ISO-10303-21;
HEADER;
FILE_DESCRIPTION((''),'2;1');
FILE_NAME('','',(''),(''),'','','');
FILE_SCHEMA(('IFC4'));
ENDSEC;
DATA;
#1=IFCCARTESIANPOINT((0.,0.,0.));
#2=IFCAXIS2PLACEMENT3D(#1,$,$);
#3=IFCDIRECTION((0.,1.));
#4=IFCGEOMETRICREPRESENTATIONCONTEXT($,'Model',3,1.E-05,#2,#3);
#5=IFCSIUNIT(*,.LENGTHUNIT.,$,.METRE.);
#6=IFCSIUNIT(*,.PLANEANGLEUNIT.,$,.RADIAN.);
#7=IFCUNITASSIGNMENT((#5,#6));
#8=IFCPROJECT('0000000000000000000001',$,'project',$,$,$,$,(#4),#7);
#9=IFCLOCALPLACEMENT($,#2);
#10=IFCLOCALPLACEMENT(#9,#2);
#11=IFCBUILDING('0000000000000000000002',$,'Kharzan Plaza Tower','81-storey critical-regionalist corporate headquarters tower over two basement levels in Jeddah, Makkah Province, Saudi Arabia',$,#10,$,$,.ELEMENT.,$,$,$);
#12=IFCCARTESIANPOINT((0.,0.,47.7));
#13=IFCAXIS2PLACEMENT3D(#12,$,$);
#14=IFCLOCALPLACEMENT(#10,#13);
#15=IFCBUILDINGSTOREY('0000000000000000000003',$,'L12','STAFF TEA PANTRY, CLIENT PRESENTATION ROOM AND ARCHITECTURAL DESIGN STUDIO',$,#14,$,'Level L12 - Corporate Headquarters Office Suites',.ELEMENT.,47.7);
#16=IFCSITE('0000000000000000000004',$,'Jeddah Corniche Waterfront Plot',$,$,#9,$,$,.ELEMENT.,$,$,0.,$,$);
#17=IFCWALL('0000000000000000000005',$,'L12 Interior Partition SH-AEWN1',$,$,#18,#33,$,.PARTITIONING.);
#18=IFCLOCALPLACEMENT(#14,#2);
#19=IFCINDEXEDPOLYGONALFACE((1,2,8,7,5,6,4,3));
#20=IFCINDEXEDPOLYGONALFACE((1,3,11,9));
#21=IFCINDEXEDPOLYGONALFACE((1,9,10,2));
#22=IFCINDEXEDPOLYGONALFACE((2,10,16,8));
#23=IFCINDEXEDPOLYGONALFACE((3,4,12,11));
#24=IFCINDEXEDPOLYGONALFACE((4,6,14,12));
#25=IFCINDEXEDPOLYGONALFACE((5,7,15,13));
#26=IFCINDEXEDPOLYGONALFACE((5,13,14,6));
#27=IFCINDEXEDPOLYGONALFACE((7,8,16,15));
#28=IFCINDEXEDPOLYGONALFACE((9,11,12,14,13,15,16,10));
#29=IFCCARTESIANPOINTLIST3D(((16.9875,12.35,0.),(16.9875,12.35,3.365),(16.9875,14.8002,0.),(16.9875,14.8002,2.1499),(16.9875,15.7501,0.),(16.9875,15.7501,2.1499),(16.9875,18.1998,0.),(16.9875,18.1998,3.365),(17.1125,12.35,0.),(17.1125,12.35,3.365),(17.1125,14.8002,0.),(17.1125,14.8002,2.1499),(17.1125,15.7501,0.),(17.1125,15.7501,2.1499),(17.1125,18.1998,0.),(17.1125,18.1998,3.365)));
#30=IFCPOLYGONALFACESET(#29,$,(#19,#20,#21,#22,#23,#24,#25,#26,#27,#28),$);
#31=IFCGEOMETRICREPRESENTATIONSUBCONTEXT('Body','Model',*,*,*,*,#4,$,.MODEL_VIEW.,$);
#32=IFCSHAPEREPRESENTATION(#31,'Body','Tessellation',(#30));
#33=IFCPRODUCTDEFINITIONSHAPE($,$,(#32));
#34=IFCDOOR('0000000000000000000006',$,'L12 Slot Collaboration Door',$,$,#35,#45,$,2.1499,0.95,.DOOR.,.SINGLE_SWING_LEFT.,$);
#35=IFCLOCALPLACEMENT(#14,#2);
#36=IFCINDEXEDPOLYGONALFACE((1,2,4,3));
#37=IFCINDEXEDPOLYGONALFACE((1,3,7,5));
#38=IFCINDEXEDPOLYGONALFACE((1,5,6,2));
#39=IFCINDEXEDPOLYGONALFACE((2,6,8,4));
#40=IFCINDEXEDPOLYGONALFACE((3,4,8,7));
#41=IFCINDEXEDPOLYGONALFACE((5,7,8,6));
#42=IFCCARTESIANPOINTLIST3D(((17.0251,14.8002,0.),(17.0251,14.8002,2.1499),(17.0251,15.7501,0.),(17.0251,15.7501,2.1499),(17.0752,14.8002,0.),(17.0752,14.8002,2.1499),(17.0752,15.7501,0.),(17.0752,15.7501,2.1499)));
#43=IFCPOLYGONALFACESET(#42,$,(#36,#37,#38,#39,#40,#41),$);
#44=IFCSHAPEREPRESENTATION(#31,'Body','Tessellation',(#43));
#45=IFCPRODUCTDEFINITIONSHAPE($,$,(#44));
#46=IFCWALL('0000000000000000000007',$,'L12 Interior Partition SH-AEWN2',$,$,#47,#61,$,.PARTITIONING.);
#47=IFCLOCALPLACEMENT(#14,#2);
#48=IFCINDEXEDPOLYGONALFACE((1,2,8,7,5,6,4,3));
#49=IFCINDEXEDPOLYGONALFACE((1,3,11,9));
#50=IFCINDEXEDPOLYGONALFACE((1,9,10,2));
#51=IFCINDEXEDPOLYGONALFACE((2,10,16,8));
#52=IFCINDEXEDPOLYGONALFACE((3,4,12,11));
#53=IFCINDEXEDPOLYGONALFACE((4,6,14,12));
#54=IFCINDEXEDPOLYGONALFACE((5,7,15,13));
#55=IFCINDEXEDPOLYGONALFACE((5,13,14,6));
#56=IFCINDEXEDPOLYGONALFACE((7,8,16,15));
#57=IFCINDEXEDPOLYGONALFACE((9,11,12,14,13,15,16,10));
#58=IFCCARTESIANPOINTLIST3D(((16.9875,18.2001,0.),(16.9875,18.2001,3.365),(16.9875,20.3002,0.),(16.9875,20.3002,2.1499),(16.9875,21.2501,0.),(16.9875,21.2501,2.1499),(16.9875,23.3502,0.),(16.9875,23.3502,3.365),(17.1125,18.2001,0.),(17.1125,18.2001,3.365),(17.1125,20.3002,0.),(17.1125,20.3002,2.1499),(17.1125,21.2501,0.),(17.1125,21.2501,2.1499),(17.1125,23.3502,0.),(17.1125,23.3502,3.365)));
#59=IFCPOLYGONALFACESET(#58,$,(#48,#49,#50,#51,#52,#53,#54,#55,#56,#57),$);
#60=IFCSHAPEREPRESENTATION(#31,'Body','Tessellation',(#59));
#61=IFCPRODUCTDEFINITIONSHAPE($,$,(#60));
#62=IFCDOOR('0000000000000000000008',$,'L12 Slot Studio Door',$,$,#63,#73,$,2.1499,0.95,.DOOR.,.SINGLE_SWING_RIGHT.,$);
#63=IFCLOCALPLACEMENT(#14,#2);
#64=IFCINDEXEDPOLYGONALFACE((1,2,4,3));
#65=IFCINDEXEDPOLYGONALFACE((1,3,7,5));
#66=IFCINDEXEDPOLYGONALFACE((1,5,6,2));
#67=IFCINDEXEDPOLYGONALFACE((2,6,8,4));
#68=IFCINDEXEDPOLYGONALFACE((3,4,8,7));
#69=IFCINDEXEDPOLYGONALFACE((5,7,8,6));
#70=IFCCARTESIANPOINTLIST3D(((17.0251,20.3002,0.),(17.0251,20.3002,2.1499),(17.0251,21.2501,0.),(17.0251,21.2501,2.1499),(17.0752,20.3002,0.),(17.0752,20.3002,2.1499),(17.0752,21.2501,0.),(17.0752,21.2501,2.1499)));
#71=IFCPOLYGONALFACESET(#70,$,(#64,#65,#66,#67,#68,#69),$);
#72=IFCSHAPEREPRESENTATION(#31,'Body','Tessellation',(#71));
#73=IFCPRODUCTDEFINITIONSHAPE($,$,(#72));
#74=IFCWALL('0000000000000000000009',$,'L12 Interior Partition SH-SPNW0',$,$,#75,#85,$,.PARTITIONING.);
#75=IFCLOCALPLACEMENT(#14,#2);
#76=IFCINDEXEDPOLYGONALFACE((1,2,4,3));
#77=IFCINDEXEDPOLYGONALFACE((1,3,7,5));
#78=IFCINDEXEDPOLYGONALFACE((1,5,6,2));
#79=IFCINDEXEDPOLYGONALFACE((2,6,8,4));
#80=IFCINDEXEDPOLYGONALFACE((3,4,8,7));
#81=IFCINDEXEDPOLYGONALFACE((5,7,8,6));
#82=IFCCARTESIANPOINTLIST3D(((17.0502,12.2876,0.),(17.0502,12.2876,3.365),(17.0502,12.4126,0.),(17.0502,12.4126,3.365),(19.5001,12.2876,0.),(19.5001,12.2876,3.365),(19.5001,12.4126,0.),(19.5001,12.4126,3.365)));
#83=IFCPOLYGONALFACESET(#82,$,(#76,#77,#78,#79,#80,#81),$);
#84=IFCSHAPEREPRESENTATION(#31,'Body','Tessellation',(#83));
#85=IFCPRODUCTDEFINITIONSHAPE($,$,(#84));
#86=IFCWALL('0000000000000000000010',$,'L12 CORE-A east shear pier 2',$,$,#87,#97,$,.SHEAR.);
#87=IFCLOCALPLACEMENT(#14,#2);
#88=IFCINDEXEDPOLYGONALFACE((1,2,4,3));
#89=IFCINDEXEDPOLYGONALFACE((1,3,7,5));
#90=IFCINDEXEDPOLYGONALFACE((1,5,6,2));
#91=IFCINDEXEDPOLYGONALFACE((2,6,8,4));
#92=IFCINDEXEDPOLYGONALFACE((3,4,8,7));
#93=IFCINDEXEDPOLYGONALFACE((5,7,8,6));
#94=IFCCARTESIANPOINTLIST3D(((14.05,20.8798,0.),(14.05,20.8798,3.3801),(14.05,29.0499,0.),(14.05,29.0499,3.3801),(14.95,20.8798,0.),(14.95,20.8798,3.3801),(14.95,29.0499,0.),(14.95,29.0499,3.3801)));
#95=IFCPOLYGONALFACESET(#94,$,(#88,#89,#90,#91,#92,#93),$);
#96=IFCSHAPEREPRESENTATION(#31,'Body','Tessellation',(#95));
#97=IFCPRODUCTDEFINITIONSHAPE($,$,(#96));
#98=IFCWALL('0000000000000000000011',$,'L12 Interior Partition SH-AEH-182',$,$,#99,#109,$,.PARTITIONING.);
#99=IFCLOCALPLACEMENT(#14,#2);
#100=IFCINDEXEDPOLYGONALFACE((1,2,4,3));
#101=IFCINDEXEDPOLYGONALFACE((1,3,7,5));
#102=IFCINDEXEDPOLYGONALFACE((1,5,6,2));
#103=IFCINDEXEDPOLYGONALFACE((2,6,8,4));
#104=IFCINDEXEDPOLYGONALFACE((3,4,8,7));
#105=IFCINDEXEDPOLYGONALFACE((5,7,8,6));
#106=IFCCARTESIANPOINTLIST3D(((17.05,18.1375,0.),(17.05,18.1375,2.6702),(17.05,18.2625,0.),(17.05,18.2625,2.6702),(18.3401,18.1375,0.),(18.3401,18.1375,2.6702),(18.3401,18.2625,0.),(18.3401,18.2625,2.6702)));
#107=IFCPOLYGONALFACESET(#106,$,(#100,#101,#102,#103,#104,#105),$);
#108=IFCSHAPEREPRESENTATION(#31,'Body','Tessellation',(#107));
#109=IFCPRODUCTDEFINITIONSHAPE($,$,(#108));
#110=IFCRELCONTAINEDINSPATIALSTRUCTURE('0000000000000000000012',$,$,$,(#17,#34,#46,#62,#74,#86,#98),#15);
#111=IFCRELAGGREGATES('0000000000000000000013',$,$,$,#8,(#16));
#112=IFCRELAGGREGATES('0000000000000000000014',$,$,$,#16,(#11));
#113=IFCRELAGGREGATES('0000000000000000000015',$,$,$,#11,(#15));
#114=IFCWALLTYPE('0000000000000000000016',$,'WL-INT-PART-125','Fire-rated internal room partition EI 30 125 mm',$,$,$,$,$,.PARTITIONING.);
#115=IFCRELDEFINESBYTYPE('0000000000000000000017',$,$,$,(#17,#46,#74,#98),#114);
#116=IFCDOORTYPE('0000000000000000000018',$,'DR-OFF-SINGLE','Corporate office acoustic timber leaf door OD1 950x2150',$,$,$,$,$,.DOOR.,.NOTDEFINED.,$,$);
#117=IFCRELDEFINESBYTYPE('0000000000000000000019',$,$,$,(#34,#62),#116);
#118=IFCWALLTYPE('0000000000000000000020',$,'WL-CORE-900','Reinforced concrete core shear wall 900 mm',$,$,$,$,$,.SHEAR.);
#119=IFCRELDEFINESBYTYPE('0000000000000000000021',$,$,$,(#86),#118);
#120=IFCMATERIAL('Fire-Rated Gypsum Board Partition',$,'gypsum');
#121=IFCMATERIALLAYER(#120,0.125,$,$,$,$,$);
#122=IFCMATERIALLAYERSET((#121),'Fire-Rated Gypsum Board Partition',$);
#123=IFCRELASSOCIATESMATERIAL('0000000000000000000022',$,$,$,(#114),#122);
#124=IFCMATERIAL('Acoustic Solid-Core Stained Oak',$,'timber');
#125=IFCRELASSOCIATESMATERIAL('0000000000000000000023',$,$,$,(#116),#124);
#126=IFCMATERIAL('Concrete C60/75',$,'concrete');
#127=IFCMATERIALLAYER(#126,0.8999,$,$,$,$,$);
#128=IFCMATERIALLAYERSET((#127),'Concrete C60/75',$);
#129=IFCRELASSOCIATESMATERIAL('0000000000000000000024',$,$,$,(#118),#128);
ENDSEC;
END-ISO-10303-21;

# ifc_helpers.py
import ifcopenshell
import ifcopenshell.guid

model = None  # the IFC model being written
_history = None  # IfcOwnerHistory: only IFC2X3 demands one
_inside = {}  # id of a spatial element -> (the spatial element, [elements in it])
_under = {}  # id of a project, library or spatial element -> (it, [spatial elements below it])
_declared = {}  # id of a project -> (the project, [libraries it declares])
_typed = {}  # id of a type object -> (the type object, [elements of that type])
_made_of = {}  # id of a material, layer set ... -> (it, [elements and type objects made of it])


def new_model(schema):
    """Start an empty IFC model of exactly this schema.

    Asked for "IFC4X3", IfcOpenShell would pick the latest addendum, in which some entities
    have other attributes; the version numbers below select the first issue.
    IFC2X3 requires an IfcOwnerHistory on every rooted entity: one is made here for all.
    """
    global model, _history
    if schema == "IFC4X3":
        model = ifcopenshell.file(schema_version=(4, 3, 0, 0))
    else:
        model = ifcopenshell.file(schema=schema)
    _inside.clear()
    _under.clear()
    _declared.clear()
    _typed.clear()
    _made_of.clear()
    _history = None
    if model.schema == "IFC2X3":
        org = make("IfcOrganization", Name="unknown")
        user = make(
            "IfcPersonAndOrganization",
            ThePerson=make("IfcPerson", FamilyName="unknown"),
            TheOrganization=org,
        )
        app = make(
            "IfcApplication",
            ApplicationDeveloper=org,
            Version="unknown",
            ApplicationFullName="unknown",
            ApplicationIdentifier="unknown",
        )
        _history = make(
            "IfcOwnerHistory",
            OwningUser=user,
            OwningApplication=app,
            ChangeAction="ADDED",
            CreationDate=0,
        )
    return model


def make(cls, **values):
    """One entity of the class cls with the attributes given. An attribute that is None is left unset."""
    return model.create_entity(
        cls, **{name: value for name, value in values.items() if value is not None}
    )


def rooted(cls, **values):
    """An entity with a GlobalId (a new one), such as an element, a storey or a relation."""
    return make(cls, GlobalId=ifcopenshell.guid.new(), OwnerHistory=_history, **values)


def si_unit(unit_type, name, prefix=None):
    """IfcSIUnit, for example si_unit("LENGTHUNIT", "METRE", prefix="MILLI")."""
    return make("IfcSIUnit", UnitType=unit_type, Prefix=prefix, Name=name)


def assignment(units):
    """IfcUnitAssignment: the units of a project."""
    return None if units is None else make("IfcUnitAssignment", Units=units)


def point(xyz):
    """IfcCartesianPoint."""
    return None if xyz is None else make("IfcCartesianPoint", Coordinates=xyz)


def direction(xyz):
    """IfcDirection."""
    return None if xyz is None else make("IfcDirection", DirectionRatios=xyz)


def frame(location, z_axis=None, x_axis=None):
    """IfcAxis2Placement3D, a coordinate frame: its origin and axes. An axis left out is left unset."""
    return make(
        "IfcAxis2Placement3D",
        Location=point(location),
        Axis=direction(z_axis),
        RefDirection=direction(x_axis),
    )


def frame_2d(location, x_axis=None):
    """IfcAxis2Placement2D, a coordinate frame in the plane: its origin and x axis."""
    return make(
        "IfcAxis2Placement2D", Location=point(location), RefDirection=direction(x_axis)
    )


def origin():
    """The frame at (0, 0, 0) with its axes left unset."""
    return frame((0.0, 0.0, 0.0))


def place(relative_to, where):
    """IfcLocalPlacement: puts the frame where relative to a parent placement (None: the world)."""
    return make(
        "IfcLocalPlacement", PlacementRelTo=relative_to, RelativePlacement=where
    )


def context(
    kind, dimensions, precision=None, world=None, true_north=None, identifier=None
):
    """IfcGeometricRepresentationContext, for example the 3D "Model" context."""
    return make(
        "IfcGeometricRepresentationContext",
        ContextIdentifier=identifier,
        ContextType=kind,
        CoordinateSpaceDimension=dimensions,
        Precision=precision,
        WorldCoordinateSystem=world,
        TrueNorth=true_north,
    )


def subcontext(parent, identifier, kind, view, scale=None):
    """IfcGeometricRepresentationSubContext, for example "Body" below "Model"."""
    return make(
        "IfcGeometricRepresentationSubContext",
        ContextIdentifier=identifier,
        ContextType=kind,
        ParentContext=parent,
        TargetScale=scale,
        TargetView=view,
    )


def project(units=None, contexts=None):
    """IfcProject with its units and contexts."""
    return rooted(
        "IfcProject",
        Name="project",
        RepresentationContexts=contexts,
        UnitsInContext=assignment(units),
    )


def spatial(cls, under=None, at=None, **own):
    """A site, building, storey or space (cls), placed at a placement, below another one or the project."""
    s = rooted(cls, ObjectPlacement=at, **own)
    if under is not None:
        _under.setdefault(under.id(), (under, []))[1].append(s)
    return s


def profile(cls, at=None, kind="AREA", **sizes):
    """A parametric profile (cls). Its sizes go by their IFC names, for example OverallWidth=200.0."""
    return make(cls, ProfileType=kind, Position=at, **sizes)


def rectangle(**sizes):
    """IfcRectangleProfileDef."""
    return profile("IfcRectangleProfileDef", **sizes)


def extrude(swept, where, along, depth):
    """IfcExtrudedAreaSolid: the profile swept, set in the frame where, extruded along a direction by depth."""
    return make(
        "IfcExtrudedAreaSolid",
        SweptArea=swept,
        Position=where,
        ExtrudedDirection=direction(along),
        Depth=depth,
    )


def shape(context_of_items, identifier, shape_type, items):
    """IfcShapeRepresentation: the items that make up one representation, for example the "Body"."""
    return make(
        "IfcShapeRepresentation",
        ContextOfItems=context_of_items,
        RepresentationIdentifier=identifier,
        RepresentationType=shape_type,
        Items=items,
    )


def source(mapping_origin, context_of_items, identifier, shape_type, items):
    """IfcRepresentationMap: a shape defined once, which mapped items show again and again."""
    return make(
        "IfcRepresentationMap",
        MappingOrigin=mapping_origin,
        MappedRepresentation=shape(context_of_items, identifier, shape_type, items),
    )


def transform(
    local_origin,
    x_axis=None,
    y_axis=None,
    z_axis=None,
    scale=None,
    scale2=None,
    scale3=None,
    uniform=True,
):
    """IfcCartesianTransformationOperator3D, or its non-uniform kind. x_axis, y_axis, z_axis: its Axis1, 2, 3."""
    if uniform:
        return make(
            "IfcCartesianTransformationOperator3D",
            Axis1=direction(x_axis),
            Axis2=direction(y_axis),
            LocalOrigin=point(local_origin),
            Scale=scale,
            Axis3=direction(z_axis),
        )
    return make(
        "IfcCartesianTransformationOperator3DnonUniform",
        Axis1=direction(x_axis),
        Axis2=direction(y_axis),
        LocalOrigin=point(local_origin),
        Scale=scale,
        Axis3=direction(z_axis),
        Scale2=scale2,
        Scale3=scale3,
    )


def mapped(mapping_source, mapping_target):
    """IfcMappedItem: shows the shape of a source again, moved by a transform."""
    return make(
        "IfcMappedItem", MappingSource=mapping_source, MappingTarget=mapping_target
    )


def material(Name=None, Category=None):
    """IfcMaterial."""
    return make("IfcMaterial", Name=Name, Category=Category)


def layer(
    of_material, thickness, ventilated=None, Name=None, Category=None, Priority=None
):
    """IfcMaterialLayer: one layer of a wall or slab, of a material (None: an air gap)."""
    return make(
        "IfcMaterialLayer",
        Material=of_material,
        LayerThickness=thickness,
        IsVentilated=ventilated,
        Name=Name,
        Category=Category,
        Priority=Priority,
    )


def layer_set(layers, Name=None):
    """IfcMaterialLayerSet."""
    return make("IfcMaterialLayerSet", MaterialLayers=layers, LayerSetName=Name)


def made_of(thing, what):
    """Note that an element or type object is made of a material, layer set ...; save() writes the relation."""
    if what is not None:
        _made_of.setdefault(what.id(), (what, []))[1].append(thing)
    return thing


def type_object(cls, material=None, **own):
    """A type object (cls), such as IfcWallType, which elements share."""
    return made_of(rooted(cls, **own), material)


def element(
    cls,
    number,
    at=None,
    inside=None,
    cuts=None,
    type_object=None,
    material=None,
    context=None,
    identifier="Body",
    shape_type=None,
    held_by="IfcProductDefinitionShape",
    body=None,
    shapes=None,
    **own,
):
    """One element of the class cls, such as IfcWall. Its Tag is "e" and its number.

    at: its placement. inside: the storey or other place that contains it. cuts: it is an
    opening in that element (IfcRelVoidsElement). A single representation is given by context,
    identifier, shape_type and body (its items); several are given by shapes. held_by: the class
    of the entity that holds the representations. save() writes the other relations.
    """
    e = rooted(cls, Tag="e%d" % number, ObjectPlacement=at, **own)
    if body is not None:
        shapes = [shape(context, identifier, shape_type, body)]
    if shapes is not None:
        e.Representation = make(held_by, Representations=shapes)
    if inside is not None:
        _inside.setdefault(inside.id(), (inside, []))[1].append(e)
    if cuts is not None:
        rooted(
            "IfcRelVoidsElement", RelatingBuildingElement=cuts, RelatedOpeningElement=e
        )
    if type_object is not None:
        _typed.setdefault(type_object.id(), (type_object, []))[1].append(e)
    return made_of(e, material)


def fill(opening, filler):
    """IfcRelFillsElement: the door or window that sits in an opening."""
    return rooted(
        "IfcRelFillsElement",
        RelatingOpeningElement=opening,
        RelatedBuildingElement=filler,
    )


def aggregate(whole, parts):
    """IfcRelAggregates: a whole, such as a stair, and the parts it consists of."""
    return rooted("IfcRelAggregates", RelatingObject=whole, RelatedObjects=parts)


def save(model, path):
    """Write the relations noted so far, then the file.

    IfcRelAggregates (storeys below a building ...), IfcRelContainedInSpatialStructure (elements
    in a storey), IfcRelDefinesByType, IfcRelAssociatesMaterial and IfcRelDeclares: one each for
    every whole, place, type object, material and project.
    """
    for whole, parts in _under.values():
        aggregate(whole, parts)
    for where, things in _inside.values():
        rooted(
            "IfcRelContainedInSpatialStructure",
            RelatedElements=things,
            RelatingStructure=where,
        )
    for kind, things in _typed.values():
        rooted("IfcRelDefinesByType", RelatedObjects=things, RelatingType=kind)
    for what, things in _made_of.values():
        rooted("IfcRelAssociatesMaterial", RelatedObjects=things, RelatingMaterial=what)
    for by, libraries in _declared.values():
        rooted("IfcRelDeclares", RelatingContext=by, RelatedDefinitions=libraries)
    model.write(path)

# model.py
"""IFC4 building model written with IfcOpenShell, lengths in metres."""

from ifc_helpers import new_model, si_unit, direction, frame, frame_2d, origin, place, context, subcontext, project, spatial, rectangle, extrude, source, transform, mapped, material, layer, layer_set, type_object, element, fill, save


model = new_model("IFC4")

# Units and contexts
model_context = context("Model", 3, precision=1e-05, world=origin(), true_north=direction((0.0, 1.0)))
body_context = subcontext(model_context, "Body", "Model", "MODEL_VIEW")
ifc_project = project(units=[si_unit("LENGTHUNIT", "METRE"), si_unit("PLANEANGLEUNIT", "RADIAN")], contexts=[model_context])

# Site, building, storey
site_placement = place(None, origin())
site = spatial("IfcSite", under=ifc_project, at=site_placement, Name="Jeddah Corniche Waterfront Plot", CompositionType="ELEMENT", RefElevation=0.0)
building_placement = place(site_placement, origin())
building = spatial("IfcBuilding", under=site, at=building_placement, Name="Kharzan Plaza Tower", Description="81-storey critical-regionalist corporate headquarters tower over two basement levels in Jeddah, Makkah Province, Saudi Arabia", CompositionType="ELEMENT")
storey_placement = place(building_placement, frame((0.0, 0.0, 47.7)))
storey = spatial("IfcBuildingStorey", under=building, at=storey_placement, Name="L12", Description="STAFF TEA PANTRY, CLIENT PRESENTATION ROOM AND ARCHITECTURAL DESIGN STUDIO", LongName="Level L12 - Corporate Headquarters Office Suites", CompositionType="ELEMENT", Elevation=47.7)

# Shared definitions
ifc_material_1 = material(Name="Concrete C60/75", Category="concrete")

# Walls, openings, doors
ifc_material_2 = material(Name="Fire-Rated Gypsum Board Partition", Category="gypsum")
ifc_layer_1 = layer(ifc_material_2, 0.125)
ifc_layer_set_1 = layer_set([ifc_layer_1], Name="Fire-Rated Gypsum Board Partition")
wall_type_1 = type_object("IfcWallType", Name="WL-INT-PART-125", Description="Fire-rated internal room partition EI 30 125 mm", PredefinedType="PARTITIONING", material=ifc_layer_set_1)
wall_1_placement = place(storey_placement, frame((17.05, 12.3501, 0.0), z_axis=(0.0, 0.0, 1.0), x_axis=(0.0, 1.0, 0.0)))
wall_1 = element("IfcWall", 1, at=wall_1_placement, inside=storey, type_object=wall_type_1, Name="L12 Interior Partition SH-AEWN1", PredefinedType="PARTITIONING", context=body_context, shape_type="SweptSolid", body=[
    extrude(rectangle(XDim=5.8499, YDim=0.125, at=frame_2d((2.9248, 0.0))), origin(), (0.0, 0.0, 1.0), 3.365),
])
opening_1_placement = place(wall_1_placement, frame((2.45, 0.0, 0.0)))
opening_1 = element("IfcOpeningElement", 2, at=opening_1_placement, cuts=wall_1, PredefinedType="OPENING", context=body_context, shape_type="SweptSolid", body=[
    extrude(rectangle(XDim=0.95, YDim=2.1499, at=frame_2d((0.4751, 1.075))), frame((0.0, 0.0725, 0.0), z_axis=(0.0, -1.0, 0.0), x_axis=(1.0, 0.0, 0.0)), (0.0, 0.0, 1.0), 0.145),
])
ifc_material_3 = material(Name="Acoustic Solid-Core Stained Oak", Category="timber")
door_type = type_object("IfcDoorType", Name="DR-OFF-SINGLE", Description="Corporate office acoustic timber leaf door OD1 950x2150", OperationType="NOTDEFINED", PredefinedType="DOOR", material=ifc_material_3)
shared_shape_1 = source(origin(), body_context, "Body", "SweptSolid", [
    extrude(rectangle(XDim=0.95, YDim=2.1499, at=frame_2d((0.4751, 1.075))), frame((0.0, 0.0249, 0.0), z_axis=(0.0, -1.0, 0.0), x_axis=(1.0, 0.0, 0.0)), (0.0, 0.0, 1.0), 0.05),
])
door_1_placement = place(opening_1_placement, origin())
door_1 = element("IfcDoor", 3, at=door_1_placement, inside=storey, type_object=door_type, Name="L12 Slot Collaboration Door", OperationType="SINGLE_SWING_LEFT", OverallHeight=2.1499, OverallWidth=0.95, PredefinedType="DOOR", context=body_context, shape_type="MappedRepresentation", body=[
    mapped(shared_shape_1, transform((0.0, 0.0, 0.0), x_axis=(1.0, 0.0, 0.0), y_axis=(0.0, 1.0, 0.0), z_axis=(0.0, 0.0, 1.0))),
])
fill(opening_1, door_1)
wall_2_placement = place(storey_placement, frame((17.05, 18.2, 0.0), z_axis=(0.0, 0.0, 1.0), x_axis=(0.0, 1.0, 0.0)))
wall_2 = element("IfcWall", 4, at=wall_2_placement, inside=storey, type_object=wall_type_1, Name="L12 Interior Partition SH-AEWN2", PredefinedType="PARTITIONING", context=body_context, shape_type="SweptSolid", body=[
    extrude(rectangle(XDim=5.1501, YDim=0.125, at=frame_2d((2.5752, 0.0))), origin(), (0.0, 0.0, 1.0), 3.365),
])
opening_2_placement = place(wall_2_placement, frame((2.1001, 0.0, 0.0)))
opening_2 = element("IfcOpeningElement", 5, at=opening_2_placement, cuts=wall_2, PredefinedType="OPENING", context=body_context, shape_type="SweptSolid", body=[
    extrude(rectangle(XDim=0.95, YDim=2.1499, at=frame_2d((0.4751, 1.075))), frame((0.0, 0.0725, 0.0), z_axis=(0.0, -1.0, 0.0), x_axis=(1.0, 0.0, 0.0)), (0.0, 0.0, 1.0), 0.145),
])
door_2_placement = place(opening_2_placement, origin())
door_2 = element("IfcDoor", 6, at=door_2_placement, inside=storey, type_object=door_type, Name="L12 Slot Studio Door", OperationType="SINGLE_SWING_RIGHT", OverallHeight=2.1499, OverallWidth=0.95, PredefinedType="DOOR", context=body_context, shape_type="MappedRepresentation", body=[
    mapped(shared_shape_1, transform((0.0, 0.0, 0.0), x_axis=(1.0, 0.0, 0.0), y_axis=(0.0, 1.0, 0.0), z_axis=(0.0, 0.0, 1.0))),
])
fill(opening_2, door_2)

# Walls
shared_shape_2 = source(origin(), body_context, "Body", "SweptSolid", [
    extrude(rectangle(XDim=2.45, YDim=0.125, at=frame_2d((1.2251, 0.0))), origin(), (0.0, 0.0, 1.0), 3.365),
])
wall_3_placement = place(storey_placement, frame((17.05, 12.3501, 0.0), z_axis=(0.0, 0.0, 1.0), x_axis=(1.0, 0.0, 0.0)))
element("IfcWall", 7, at=wall_3_placement, inside=storey, type_object=wall_type_1, Name="L12 Interior Partition SH-SPNW0", PredefinedType="PARTITIONING", context=body_context, shape_type="MappedRepresentation", body=[
    mapped(shared_shape_2, transform((0.0, 0.0, 0.0), x_axis=(1.0, 0.0, 0.0), y_axis=(0.0, 1.0, 0.0), z_axis=(0.0, 0.0, 1.0))),
])
ifc_layer_2 = layer(ifc_material_1, 0.8999)
ifc_layer_set_2 = layer_set([ifc_layer_2], Name="Concrete C60/75")
wall_type_2 = type_object("IfcWallType", Name="WL-CORE-900", Description="Reinforced concrete core shear wall 900 mm", PredefinedType="SHEAR", material=ifc_layer_set_2)
shared_shape_3 = source(origin(), body_context, "Body", "SweptSolid", [
    extrude(rectangle(XDim=8.1702, YDim=0.8999, at=frame_2d((4.085, 0.0))), origin(), (0.0, 0.0, 1.0), 3.3801),
])
wall_4_placement = place(storey_placement, frame((14.5, 20.8799, 0.0), z_axis=(0.0, 0.0, 1.0), x_axis=(0.0, 1.0, 0.0)))
element("IfcWall", 8, at=wall_4_placement, inside=storey, type_object=wall_type_2, Name="L12 CORE-A east shear pier 2", PredefinedType="SHEAR", context=body_context, shape_type="MappedRepresentation", body=[
    mapped(shared_shape_3, transform((0.0, 0.0, 0.0), x_axis=(1.0, 0.0, 0.0), y_axis=(0.0, 1.0, 0.0), z_axis=(0.0, 0.0, 1.0))),
])
shared_shape_4 = source(origin(), body_context, "Body", "SweptSolid", [
    extrude(rectangle(XDim=1.29, YDim=0.125, at=frame_2d((0.645, 0.0))), origin(), (0.0, 0.0, 1.0), 2.6702),
])
wall_5_placement = place(storey_placement, frame((17.05, 18.2, 0.0), z_axis=(0.0, 0.0, 1.0), x_axis=(1.0, 0.0, 0.0)))
element("IfcWall", 9, at=wall_5_placement, inside=storey, type_object=wall_type_1, Name="L12 Interior Partition SH-AEH-182", PredefinedType="PARTITIONING", context=body_context, shape_type="MappedRepresentation", body=[
    mapped(shared_shape_4, transform((0.0, 0.0, 0.0), x_axis=(1.0, 0.0, 0.0), y_axis=(0.0, 1.0, 0.0), z_axis=(0.0, 0.0, 1.0))),
])

save(model, "model.ifc")
